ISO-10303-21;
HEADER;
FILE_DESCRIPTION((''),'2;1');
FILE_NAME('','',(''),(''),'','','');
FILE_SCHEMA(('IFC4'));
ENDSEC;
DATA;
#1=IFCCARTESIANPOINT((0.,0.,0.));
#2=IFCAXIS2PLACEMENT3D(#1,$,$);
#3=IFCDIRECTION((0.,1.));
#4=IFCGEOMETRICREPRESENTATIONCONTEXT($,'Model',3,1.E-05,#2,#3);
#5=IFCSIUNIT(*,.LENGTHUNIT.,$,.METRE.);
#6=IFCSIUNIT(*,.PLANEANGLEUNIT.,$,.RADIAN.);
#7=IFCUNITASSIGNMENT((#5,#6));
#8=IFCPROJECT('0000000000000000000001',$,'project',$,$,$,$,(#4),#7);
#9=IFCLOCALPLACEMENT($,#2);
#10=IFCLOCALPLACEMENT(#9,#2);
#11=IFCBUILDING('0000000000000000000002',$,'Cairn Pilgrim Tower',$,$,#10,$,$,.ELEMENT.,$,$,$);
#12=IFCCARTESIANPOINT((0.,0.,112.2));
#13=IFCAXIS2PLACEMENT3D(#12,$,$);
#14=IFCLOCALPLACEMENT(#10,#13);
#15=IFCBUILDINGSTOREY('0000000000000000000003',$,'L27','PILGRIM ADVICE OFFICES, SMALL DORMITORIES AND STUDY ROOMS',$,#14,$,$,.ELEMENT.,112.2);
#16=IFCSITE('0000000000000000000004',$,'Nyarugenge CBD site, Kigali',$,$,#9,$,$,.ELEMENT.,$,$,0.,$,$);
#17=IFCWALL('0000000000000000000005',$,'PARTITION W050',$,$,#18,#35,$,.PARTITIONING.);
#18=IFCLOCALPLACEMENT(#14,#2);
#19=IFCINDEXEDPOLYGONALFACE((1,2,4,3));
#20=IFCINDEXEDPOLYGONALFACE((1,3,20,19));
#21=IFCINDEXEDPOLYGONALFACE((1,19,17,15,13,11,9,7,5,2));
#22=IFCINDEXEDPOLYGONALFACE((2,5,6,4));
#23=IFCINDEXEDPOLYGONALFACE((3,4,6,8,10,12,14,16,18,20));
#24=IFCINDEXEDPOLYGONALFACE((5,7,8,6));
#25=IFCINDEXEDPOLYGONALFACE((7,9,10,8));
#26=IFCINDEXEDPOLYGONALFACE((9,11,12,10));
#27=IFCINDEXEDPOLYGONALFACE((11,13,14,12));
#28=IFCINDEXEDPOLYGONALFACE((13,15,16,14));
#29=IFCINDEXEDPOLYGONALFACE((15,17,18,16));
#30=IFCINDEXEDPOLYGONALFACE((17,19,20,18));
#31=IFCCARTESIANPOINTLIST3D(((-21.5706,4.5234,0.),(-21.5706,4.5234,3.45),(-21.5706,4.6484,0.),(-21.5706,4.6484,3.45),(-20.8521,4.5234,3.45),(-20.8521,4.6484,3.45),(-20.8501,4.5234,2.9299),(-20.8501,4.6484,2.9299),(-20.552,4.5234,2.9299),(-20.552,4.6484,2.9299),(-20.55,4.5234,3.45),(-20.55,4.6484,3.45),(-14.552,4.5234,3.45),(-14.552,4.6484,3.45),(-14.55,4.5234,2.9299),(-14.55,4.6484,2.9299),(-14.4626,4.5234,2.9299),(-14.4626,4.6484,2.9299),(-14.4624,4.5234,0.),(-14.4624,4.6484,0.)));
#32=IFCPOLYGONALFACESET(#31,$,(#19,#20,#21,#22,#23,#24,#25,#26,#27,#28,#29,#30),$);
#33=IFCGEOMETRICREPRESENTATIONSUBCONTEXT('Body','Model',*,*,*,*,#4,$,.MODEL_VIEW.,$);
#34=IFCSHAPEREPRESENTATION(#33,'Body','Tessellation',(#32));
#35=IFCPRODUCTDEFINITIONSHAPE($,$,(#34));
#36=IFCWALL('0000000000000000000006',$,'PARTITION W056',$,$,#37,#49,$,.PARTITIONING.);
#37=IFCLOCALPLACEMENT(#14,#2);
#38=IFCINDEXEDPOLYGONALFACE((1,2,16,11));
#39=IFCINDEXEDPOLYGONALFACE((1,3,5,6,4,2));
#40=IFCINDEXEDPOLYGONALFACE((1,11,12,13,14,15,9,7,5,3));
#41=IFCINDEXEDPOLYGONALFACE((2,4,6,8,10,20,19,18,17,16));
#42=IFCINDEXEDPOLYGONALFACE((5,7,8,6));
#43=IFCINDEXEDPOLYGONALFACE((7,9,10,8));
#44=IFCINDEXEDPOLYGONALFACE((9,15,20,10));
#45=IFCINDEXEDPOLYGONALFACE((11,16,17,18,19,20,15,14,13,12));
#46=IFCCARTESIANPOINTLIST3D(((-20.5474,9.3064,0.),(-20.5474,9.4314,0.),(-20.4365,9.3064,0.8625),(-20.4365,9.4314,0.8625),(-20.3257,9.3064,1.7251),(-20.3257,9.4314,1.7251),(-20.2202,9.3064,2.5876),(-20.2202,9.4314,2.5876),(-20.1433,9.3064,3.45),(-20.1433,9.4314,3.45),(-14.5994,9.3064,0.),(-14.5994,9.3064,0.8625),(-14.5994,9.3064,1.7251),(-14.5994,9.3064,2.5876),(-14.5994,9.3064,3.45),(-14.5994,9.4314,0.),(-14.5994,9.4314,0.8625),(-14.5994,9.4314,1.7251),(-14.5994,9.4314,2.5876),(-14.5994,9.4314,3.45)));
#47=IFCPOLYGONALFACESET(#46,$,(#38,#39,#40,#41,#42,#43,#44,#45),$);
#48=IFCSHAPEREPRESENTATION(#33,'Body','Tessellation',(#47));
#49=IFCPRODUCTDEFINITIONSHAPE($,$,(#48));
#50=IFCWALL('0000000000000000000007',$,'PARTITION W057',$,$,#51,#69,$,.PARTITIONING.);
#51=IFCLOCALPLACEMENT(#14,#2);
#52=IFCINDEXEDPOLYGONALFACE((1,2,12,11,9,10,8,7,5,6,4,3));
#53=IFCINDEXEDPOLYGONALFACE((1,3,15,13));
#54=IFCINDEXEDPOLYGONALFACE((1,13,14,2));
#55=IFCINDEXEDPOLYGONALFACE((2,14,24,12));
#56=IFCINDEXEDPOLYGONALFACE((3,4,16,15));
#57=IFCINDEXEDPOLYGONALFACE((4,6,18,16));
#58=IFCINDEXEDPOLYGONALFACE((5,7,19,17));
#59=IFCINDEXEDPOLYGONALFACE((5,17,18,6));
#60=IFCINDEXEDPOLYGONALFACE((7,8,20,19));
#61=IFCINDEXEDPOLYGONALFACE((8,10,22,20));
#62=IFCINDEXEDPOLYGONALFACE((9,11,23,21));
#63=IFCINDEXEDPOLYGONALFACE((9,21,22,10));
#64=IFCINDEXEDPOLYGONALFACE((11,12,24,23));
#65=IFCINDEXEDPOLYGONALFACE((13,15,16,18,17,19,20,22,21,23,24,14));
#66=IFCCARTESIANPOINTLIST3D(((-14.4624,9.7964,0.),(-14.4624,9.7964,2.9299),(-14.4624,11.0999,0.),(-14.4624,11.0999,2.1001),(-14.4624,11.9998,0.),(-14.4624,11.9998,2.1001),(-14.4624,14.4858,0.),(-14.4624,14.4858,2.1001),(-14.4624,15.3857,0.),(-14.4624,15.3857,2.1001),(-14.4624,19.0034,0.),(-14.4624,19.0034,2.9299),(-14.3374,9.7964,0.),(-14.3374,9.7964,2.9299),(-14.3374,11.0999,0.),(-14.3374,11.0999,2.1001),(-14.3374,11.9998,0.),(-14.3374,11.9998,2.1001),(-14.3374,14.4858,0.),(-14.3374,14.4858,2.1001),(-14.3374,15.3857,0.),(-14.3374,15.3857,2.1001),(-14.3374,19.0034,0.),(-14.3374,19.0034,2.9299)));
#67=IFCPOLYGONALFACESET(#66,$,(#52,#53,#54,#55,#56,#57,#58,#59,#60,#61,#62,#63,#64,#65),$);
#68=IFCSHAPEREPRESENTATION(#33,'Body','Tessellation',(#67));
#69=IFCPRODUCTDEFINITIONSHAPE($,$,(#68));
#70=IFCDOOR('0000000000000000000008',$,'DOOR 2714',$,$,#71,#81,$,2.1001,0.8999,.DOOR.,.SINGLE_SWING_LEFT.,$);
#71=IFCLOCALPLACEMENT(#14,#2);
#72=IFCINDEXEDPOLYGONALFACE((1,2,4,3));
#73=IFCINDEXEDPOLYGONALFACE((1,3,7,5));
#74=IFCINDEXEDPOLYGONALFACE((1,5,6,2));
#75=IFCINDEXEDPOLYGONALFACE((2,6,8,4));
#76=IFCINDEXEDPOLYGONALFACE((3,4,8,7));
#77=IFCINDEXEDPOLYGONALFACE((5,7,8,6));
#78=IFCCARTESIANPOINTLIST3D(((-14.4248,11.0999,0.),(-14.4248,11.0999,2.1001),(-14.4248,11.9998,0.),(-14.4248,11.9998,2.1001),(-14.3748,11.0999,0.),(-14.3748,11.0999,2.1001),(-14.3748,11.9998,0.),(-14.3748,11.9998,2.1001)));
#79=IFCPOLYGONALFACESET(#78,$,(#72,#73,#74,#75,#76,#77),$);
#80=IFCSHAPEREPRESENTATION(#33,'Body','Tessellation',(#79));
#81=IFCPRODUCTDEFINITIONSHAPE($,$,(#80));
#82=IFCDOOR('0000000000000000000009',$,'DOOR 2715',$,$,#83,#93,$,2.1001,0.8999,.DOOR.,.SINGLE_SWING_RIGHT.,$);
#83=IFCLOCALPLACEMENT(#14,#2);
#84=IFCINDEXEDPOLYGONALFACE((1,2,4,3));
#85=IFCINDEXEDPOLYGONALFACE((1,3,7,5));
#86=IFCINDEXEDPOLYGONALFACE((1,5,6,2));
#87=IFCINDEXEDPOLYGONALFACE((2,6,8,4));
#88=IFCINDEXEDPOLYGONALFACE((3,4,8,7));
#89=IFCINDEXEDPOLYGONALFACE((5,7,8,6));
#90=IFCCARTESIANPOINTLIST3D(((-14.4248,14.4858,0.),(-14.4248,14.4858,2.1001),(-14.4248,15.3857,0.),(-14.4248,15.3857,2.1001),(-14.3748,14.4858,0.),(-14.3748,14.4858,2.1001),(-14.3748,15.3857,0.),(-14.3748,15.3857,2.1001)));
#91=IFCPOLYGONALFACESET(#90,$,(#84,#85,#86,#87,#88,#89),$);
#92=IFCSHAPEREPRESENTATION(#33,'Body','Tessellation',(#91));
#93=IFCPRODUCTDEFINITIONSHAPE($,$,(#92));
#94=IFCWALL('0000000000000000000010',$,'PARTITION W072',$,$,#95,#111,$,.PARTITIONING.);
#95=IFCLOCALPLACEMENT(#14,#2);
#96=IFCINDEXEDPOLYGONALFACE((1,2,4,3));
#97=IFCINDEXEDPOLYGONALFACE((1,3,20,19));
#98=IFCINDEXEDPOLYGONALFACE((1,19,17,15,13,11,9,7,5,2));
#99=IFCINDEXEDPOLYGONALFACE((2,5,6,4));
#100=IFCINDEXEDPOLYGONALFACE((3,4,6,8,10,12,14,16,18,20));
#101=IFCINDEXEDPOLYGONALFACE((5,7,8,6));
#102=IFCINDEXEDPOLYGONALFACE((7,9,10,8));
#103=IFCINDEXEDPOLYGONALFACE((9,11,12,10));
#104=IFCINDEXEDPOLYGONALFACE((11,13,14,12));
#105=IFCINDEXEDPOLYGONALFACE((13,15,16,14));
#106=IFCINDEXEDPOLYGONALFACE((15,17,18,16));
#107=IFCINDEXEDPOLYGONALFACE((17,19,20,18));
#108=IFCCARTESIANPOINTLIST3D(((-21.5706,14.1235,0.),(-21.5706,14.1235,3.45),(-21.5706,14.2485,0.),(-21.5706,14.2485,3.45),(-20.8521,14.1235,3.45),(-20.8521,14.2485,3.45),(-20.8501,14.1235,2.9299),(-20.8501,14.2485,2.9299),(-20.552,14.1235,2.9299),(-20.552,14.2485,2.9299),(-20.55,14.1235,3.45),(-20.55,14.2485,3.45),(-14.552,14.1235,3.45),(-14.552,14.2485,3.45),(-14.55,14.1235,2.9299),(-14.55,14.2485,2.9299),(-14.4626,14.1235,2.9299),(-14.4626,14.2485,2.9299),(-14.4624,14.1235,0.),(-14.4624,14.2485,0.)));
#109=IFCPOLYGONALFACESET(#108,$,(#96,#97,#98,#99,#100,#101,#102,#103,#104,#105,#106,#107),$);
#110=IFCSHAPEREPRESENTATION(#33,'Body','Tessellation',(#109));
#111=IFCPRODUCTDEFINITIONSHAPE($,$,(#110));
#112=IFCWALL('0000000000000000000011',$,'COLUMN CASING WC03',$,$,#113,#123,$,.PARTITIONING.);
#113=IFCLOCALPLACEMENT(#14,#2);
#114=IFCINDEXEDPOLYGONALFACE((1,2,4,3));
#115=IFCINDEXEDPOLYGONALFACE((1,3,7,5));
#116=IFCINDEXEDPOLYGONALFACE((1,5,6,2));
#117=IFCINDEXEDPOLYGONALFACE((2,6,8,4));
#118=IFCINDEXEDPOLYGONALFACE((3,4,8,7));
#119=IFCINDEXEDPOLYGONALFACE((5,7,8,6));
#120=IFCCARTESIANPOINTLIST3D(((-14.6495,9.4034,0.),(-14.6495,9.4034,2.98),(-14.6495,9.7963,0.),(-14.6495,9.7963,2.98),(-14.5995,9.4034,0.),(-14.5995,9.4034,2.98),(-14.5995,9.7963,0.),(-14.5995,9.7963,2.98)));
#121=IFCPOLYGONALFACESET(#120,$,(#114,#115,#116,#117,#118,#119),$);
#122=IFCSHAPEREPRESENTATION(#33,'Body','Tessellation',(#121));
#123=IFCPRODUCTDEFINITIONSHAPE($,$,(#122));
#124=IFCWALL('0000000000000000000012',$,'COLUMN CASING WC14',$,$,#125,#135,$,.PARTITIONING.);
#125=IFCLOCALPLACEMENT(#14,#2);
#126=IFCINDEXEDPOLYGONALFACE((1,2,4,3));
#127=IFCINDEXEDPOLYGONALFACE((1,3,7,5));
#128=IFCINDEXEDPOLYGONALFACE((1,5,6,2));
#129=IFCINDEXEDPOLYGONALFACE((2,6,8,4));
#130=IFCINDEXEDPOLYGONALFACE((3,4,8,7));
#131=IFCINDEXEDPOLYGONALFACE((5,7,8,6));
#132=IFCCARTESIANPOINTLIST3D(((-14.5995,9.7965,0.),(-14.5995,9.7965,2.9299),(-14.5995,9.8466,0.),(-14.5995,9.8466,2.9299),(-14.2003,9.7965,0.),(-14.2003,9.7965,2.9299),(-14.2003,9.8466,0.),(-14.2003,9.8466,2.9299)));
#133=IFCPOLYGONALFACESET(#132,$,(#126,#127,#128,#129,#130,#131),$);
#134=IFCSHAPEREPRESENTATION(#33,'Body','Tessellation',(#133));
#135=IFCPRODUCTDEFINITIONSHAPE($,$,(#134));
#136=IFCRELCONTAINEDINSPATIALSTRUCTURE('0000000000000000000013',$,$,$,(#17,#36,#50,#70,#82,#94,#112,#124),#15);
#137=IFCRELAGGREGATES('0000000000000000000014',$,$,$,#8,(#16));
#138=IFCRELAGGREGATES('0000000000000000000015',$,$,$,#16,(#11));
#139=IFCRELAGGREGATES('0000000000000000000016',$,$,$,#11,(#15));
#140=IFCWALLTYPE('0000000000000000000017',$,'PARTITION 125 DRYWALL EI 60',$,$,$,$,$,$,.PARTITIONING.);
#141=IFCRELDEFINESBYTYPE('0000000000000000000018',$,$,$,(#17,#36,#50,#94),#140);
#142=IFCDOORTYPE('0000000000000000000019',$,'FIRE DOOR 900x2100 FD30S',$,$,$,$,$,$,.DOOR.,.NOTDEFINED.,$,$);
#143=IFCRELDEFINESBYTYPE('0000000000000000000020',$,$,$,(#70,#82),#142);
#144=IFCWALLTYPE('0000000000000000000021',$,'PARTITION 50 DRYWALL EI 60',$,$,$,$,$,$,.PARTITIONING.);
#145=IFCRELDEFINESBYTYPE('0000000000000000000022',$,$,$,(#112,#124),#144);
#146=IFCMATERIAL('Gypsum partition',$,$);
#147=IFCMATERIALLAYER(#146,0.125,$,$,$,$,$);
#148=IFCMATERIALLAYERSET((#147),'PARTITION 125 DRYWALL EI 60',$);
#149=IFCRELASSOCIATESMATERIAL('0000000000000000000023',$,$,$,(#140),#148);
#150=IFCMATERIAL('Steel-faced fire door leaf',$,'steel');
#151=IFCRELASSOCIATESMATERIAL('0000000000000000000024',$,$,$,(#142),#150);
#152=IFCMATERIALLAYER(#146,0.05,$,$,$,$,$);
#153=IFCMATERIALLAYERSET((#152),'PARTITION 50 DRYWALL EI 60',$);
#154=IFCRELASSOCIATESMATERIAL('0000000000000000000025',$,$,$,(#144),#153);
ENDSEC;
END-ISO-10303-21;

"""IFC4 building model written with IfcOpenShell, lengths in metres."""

from ifc_helpers import new_model, si_unit, direction, frame, frame_2d, origin, place, context, subcontext, project, spatial, polyline, rectangle, outline, extrude, material, layer, layer_set, type_object, element, fill, save


model = new_model("IFC4")

# Units and contexts
model_context = context("Model", 3, precision=1e-05, world=origin(), true_north=direction((0.0, 1.0)))
body_context = subcontext(model_context, "Body", "Model", "MODEL_VIEW")
ifc_project = project(units=[si_unit("LENGTHUNIT", "METRE"), si_unit("PLANEANGLEUNIT", "RADIAN")], contexts=[model_context])

# Site, building, storey
site_placement = place(None, origin())
site = spatial("IfcSite", under=ifc_project, at=site_placement, Name="Nyarugenge CBD site, Kigali", CompositionType="ELEMENT", RefElevation=0.0)
building_placement = place(site_placement, origin())
building = spatial("IfcBuilding", under=site, at=building_placement, Name="Cairn Pilgrim Tower", CompositionType="ELEMENT")
storey_placement = place(building_placement, frame((0.0, 0.0, 112.2)))
storey = spatial("IfcBuildingStorey", under=building, at=storey_placement, Name="L27", Description="PILGRIM ADVICE OFFICES, SMALL DORMITORIES AND STUDY ROOMS", CompositionType="ELEMENT", Elevation=112.2)

# Walls
ifc_material_1 = material(Name="Gypsum partition")
ifc_layer_1 = layer(ifc_material_1, 0.125)
ifc_layer_set_1 = layer_set([ifc_layer_1], Name="PARTITION 125 DRYWALL EI 60")
wall_type_1 = type_object("IfcWallType", Name="PARTITION 125 DRYWALL EI 60", PredefinedType="PARTITIONING", material=ifc_layer_set_1)
wall_1_placement = place(storey_placement, frame((-21.5706, 4.5859, 0.0), z_axis=(0.0, 0.0, 1.0), x_axis=(1.0, 0.0, 0.0)))
element("IfcWall", 1, at=wall_1_placement, inside=storey, type_object=wall_type_1, Name="PARTITION W050", PredefinedType="PARTITIONING", context=body_context, shape_type="SweptSolid", body=[
    extrude(outline(polyline([(0.0, 0.0), (7.1082, 0.0), (7.1079, 2.9299), (7.0205, 2.9299), (7.0186, 3.45), (1.0205, 3.45), (1.0186, 2.9299), (0.7205, 2.9299), (0.7185, 3.45), (0.0, 3.45), (0.0, 0.0)])), frame((0.0, 0.0625, 0.0), z_axis=(0.0, -1.0, 0.0), x_axis=(1.0, 0.0, 0.0)), (0.0, 0.0, 1.0), 0.125),
])
wall_2_placement = place(storey_placement, frame((-20.5474, 9.3689, 0.0), z_axis=(0.0, 0.0, 1.0), x_axis=(1.0, 0.0, 0.0)))
element("IfcWall", 2, at=wall_2_placement, inside=storey, type_object=wall_type_1, Name="PARTITION W056", PredefinedType="PARTITIONING", context=body_context, shape_type="SweptSolid", body=[
    extrude(outline(polyline([(0.0, 0.0), (5.948, 0.0), (5.948, 0.8625), (5.948, 1.7251), (5.948, 2.5876), (5.948, 3.45), (0.4041, 3.45), (0.3271, 2.5876), (0.2217, 1.7251), (0.1108, 0.8625), (0.0, 0.0)])), frame((0.0, 0.0625, 0.0), z_axis=(0.0, -1.0, 0.0), x_axis=(1.0, 0.0, 0.0)), (0.0, 0.0, 1.0), 0.125),
])

# Wall, openings, doors
wall_3_placement = place(storey_placement, frame((-14.3999, 9.7964, 0.0), z_axis=(0.0, 0.0, 1.0), x_axis=(0.0, 1.0, 0.0)))
wall_3 = element("IfcWall", 3, at=wall_3_placement, inside=storey, type_object=wall_type_1, Name="PARTITION W057", PredefinedType="PARTITIONING", context=body_context, shape_type="SweptSolid", body=[
    extrude(rectangle(XDim=9.207, YDim=0.125, at=frame_2d((4.6035, 0.0))), origin(), (0.0, 0.0, 1.0), 2.9299),
])
opening_1_placement = place(wall_3_placement, frame((1.3035, 0.0, 0.0)))
opening_1 = element("IfcOpeningElement", 4, at=opening_1_placement, cuts=wall_3, PredefinedType="OPENING", context=body_context, shape_type="SweptSolid", body=[
    extrude(rectangle(XDim=0.8999, YDim=2.1001, at=frame_2d((0.45, 1.05))), frame((0.0, 0.0725, 0.0), z_axis=(0.0, -1.0, 0.0), x_axis=(1.0, 0.0, 0.0)), (0.0, 0.0, 1.0), 0.145),
])
opening_2_placement = place(wall_3_placement, frame((4.6895, 0.0, 0.0)))
opening_2 = element("IfcOpeningElement", 5, at=opening_2_placement, cuts=wall_3, PredefinedType="OPENING", context=body_context, shape_type="SweptSolid", body=[
    extrude(rectangle(XDim=0.8999, YDim=2.1001, at=frame_2d((0.45, 1.05))), frame((0.0, 0.0725, 0.0), z_axis=(0.0, -1.0, 0.0), x_axis=(1.0, 0.0, 0.0)), (0.0, 0.0, 1.0), 0.145),
])
ifc_material_2 = material(Name="Steel-faced fire door leaf", Category="steel")
door_type_1 = type_object("IfcDoorType", Name="FIRE DOOR 900x2100 FD30S", OperationType="NOTDEFINED", PredefinedType="DOOR", material=ifc_material_2)
door_1_placement = place(opening_1_placement, origin())
door_1 = element("IfcDoor", 6, at=door_1_placement, inside=storey, type_object=door_type_1, Name="DOOR 2714", OperationType="SINGLE_SWING_LEFT", OverallHeight=2.1001, OverallWidth=0.8999, PredefinedType="DOOR", context=body_context, shape_type="SweptSolid", body=[
    extrude(rectangle(XDim=0.8999, YDim=2.1001, at=frame_2d((0.45, 1.05))), frame((0.0, 0.0249, 0.0), z_axis=(0.0, -1.0, 0.0), x_axis=(1.0, 0.0, 0.0)), (0.0, 0.0, 1.0), 0.05),
])
fill(opening_1, door_1)
door_2_placement = place(opening_2_placement, origin())
door_2 = element("IfcDoor", 7, at=door_2_placement, inside=storey, type_object=door_type_1, Name="DOOR 2715", OperationType="SINGLE_SWING_RIGHT", OverallHeight=2.1001, OverallWidth=0.8999, PredefinedType="DOOR", context=body_context, shape_type="SweptSolid", body=[
    extrude(rectangle(XDim=0.8999, YDim=2.1001, at=frame_2d((0.45, 1.05))), frame((0.0, 0.0249, 0.0), z_axis=(0.0, -1.0, 0.0), x_axis=(1.0, 0.0, 0.0)), (0.0, 0.0, 1.0), 0.05),
])
fill(opening_2, door_2)

# Walls
wall_4_placement = place(storey_placement, frame((-21.5706, 14.186, 0.0), z_axis=(0.0, 0.0, 1.0), x_axis=(1.0, 0.0, 0.0)))
element("IfcWall", 8, at=wall_4_placement, inside=storey, type_object=wall_type_1, Name="PARTITION W072", PredefinedType="PARTITIONING", context=body_context, shape_type="SweptSolid", body=[
    extrude(outline(polyline([(0.0, 0.0), (7.1082, 0.0), (7.1079, 2.9299), (7.0205, 2.9299), (7.0186, 3.45), (1.0205, 3.45), (1.0186, 2.9299), (0.7205, 2.9299), (0.7185, 3.45), (0.0, 3.45), (0.0, 0.0)])), frame((0.0, 0.0625, 0.0), z_axis=(0.0, -1.0, 0.0), x_axis=(1.0, 0.0, 0.0)), (0.0, 0.0, 1.0), 0.125),
])
ifc_layer_2 = layer(ifc_material_1, 0.05)
ifc_layer_set_2 = layer_set([ifc_layer_2], Name="PARTITION 50 DRYWALL EI 60")
wall_type_2 = type_object("IfcWallType", Name="PARTITION 50 DRYWALL EI 60", PredefinedType="PARTITIONING", material=ifc_layer_set_2)
wall_5_placement = place(storey_placement, frame((-14.6245, 9.4036, 0.0), z_axis=(0.0, 0.0, 1.0), x_axis=(0.0, 1.0, 0.0)))
element("IfcWall", 9, at=wall_5_placement, inside=storey, type_object=wall_type_2, Name="COLUMN CASING WC03", PredefinedType="PARTITIONING", context=body_context, shape_type="SweptSolid", body=[
    extrude(rectangle(XDim=0.3928, YDim=0.05, at=frame_2d((0.1963, 0.0))), origin(), (0.0, 0.0, 1.0), 2.98),
])
wall_6_placement = place(storey_placement, frame((-14.5996, 9.8215, 0.0), z_axis=(0.0, 0.0, 1.0), x_axis=(1.0, 0.0, 0.0)))
element("IfcWall", 10, at=wall_6_placement, inside=storey, type_object=wall_type_2, Name="COLUMN CASING WC14", PredefinedType="PARTITIONING", context=body_context, shape_type="SweptSolid", body=[
    extrude(rectangle(XDim=0.3992, YDim=0.05, at=frame_2d((0.1997, 0.0))), origin(), (0.0, 0.0, 1.0), 2.9299),
])

save(model, "model.ifc")
